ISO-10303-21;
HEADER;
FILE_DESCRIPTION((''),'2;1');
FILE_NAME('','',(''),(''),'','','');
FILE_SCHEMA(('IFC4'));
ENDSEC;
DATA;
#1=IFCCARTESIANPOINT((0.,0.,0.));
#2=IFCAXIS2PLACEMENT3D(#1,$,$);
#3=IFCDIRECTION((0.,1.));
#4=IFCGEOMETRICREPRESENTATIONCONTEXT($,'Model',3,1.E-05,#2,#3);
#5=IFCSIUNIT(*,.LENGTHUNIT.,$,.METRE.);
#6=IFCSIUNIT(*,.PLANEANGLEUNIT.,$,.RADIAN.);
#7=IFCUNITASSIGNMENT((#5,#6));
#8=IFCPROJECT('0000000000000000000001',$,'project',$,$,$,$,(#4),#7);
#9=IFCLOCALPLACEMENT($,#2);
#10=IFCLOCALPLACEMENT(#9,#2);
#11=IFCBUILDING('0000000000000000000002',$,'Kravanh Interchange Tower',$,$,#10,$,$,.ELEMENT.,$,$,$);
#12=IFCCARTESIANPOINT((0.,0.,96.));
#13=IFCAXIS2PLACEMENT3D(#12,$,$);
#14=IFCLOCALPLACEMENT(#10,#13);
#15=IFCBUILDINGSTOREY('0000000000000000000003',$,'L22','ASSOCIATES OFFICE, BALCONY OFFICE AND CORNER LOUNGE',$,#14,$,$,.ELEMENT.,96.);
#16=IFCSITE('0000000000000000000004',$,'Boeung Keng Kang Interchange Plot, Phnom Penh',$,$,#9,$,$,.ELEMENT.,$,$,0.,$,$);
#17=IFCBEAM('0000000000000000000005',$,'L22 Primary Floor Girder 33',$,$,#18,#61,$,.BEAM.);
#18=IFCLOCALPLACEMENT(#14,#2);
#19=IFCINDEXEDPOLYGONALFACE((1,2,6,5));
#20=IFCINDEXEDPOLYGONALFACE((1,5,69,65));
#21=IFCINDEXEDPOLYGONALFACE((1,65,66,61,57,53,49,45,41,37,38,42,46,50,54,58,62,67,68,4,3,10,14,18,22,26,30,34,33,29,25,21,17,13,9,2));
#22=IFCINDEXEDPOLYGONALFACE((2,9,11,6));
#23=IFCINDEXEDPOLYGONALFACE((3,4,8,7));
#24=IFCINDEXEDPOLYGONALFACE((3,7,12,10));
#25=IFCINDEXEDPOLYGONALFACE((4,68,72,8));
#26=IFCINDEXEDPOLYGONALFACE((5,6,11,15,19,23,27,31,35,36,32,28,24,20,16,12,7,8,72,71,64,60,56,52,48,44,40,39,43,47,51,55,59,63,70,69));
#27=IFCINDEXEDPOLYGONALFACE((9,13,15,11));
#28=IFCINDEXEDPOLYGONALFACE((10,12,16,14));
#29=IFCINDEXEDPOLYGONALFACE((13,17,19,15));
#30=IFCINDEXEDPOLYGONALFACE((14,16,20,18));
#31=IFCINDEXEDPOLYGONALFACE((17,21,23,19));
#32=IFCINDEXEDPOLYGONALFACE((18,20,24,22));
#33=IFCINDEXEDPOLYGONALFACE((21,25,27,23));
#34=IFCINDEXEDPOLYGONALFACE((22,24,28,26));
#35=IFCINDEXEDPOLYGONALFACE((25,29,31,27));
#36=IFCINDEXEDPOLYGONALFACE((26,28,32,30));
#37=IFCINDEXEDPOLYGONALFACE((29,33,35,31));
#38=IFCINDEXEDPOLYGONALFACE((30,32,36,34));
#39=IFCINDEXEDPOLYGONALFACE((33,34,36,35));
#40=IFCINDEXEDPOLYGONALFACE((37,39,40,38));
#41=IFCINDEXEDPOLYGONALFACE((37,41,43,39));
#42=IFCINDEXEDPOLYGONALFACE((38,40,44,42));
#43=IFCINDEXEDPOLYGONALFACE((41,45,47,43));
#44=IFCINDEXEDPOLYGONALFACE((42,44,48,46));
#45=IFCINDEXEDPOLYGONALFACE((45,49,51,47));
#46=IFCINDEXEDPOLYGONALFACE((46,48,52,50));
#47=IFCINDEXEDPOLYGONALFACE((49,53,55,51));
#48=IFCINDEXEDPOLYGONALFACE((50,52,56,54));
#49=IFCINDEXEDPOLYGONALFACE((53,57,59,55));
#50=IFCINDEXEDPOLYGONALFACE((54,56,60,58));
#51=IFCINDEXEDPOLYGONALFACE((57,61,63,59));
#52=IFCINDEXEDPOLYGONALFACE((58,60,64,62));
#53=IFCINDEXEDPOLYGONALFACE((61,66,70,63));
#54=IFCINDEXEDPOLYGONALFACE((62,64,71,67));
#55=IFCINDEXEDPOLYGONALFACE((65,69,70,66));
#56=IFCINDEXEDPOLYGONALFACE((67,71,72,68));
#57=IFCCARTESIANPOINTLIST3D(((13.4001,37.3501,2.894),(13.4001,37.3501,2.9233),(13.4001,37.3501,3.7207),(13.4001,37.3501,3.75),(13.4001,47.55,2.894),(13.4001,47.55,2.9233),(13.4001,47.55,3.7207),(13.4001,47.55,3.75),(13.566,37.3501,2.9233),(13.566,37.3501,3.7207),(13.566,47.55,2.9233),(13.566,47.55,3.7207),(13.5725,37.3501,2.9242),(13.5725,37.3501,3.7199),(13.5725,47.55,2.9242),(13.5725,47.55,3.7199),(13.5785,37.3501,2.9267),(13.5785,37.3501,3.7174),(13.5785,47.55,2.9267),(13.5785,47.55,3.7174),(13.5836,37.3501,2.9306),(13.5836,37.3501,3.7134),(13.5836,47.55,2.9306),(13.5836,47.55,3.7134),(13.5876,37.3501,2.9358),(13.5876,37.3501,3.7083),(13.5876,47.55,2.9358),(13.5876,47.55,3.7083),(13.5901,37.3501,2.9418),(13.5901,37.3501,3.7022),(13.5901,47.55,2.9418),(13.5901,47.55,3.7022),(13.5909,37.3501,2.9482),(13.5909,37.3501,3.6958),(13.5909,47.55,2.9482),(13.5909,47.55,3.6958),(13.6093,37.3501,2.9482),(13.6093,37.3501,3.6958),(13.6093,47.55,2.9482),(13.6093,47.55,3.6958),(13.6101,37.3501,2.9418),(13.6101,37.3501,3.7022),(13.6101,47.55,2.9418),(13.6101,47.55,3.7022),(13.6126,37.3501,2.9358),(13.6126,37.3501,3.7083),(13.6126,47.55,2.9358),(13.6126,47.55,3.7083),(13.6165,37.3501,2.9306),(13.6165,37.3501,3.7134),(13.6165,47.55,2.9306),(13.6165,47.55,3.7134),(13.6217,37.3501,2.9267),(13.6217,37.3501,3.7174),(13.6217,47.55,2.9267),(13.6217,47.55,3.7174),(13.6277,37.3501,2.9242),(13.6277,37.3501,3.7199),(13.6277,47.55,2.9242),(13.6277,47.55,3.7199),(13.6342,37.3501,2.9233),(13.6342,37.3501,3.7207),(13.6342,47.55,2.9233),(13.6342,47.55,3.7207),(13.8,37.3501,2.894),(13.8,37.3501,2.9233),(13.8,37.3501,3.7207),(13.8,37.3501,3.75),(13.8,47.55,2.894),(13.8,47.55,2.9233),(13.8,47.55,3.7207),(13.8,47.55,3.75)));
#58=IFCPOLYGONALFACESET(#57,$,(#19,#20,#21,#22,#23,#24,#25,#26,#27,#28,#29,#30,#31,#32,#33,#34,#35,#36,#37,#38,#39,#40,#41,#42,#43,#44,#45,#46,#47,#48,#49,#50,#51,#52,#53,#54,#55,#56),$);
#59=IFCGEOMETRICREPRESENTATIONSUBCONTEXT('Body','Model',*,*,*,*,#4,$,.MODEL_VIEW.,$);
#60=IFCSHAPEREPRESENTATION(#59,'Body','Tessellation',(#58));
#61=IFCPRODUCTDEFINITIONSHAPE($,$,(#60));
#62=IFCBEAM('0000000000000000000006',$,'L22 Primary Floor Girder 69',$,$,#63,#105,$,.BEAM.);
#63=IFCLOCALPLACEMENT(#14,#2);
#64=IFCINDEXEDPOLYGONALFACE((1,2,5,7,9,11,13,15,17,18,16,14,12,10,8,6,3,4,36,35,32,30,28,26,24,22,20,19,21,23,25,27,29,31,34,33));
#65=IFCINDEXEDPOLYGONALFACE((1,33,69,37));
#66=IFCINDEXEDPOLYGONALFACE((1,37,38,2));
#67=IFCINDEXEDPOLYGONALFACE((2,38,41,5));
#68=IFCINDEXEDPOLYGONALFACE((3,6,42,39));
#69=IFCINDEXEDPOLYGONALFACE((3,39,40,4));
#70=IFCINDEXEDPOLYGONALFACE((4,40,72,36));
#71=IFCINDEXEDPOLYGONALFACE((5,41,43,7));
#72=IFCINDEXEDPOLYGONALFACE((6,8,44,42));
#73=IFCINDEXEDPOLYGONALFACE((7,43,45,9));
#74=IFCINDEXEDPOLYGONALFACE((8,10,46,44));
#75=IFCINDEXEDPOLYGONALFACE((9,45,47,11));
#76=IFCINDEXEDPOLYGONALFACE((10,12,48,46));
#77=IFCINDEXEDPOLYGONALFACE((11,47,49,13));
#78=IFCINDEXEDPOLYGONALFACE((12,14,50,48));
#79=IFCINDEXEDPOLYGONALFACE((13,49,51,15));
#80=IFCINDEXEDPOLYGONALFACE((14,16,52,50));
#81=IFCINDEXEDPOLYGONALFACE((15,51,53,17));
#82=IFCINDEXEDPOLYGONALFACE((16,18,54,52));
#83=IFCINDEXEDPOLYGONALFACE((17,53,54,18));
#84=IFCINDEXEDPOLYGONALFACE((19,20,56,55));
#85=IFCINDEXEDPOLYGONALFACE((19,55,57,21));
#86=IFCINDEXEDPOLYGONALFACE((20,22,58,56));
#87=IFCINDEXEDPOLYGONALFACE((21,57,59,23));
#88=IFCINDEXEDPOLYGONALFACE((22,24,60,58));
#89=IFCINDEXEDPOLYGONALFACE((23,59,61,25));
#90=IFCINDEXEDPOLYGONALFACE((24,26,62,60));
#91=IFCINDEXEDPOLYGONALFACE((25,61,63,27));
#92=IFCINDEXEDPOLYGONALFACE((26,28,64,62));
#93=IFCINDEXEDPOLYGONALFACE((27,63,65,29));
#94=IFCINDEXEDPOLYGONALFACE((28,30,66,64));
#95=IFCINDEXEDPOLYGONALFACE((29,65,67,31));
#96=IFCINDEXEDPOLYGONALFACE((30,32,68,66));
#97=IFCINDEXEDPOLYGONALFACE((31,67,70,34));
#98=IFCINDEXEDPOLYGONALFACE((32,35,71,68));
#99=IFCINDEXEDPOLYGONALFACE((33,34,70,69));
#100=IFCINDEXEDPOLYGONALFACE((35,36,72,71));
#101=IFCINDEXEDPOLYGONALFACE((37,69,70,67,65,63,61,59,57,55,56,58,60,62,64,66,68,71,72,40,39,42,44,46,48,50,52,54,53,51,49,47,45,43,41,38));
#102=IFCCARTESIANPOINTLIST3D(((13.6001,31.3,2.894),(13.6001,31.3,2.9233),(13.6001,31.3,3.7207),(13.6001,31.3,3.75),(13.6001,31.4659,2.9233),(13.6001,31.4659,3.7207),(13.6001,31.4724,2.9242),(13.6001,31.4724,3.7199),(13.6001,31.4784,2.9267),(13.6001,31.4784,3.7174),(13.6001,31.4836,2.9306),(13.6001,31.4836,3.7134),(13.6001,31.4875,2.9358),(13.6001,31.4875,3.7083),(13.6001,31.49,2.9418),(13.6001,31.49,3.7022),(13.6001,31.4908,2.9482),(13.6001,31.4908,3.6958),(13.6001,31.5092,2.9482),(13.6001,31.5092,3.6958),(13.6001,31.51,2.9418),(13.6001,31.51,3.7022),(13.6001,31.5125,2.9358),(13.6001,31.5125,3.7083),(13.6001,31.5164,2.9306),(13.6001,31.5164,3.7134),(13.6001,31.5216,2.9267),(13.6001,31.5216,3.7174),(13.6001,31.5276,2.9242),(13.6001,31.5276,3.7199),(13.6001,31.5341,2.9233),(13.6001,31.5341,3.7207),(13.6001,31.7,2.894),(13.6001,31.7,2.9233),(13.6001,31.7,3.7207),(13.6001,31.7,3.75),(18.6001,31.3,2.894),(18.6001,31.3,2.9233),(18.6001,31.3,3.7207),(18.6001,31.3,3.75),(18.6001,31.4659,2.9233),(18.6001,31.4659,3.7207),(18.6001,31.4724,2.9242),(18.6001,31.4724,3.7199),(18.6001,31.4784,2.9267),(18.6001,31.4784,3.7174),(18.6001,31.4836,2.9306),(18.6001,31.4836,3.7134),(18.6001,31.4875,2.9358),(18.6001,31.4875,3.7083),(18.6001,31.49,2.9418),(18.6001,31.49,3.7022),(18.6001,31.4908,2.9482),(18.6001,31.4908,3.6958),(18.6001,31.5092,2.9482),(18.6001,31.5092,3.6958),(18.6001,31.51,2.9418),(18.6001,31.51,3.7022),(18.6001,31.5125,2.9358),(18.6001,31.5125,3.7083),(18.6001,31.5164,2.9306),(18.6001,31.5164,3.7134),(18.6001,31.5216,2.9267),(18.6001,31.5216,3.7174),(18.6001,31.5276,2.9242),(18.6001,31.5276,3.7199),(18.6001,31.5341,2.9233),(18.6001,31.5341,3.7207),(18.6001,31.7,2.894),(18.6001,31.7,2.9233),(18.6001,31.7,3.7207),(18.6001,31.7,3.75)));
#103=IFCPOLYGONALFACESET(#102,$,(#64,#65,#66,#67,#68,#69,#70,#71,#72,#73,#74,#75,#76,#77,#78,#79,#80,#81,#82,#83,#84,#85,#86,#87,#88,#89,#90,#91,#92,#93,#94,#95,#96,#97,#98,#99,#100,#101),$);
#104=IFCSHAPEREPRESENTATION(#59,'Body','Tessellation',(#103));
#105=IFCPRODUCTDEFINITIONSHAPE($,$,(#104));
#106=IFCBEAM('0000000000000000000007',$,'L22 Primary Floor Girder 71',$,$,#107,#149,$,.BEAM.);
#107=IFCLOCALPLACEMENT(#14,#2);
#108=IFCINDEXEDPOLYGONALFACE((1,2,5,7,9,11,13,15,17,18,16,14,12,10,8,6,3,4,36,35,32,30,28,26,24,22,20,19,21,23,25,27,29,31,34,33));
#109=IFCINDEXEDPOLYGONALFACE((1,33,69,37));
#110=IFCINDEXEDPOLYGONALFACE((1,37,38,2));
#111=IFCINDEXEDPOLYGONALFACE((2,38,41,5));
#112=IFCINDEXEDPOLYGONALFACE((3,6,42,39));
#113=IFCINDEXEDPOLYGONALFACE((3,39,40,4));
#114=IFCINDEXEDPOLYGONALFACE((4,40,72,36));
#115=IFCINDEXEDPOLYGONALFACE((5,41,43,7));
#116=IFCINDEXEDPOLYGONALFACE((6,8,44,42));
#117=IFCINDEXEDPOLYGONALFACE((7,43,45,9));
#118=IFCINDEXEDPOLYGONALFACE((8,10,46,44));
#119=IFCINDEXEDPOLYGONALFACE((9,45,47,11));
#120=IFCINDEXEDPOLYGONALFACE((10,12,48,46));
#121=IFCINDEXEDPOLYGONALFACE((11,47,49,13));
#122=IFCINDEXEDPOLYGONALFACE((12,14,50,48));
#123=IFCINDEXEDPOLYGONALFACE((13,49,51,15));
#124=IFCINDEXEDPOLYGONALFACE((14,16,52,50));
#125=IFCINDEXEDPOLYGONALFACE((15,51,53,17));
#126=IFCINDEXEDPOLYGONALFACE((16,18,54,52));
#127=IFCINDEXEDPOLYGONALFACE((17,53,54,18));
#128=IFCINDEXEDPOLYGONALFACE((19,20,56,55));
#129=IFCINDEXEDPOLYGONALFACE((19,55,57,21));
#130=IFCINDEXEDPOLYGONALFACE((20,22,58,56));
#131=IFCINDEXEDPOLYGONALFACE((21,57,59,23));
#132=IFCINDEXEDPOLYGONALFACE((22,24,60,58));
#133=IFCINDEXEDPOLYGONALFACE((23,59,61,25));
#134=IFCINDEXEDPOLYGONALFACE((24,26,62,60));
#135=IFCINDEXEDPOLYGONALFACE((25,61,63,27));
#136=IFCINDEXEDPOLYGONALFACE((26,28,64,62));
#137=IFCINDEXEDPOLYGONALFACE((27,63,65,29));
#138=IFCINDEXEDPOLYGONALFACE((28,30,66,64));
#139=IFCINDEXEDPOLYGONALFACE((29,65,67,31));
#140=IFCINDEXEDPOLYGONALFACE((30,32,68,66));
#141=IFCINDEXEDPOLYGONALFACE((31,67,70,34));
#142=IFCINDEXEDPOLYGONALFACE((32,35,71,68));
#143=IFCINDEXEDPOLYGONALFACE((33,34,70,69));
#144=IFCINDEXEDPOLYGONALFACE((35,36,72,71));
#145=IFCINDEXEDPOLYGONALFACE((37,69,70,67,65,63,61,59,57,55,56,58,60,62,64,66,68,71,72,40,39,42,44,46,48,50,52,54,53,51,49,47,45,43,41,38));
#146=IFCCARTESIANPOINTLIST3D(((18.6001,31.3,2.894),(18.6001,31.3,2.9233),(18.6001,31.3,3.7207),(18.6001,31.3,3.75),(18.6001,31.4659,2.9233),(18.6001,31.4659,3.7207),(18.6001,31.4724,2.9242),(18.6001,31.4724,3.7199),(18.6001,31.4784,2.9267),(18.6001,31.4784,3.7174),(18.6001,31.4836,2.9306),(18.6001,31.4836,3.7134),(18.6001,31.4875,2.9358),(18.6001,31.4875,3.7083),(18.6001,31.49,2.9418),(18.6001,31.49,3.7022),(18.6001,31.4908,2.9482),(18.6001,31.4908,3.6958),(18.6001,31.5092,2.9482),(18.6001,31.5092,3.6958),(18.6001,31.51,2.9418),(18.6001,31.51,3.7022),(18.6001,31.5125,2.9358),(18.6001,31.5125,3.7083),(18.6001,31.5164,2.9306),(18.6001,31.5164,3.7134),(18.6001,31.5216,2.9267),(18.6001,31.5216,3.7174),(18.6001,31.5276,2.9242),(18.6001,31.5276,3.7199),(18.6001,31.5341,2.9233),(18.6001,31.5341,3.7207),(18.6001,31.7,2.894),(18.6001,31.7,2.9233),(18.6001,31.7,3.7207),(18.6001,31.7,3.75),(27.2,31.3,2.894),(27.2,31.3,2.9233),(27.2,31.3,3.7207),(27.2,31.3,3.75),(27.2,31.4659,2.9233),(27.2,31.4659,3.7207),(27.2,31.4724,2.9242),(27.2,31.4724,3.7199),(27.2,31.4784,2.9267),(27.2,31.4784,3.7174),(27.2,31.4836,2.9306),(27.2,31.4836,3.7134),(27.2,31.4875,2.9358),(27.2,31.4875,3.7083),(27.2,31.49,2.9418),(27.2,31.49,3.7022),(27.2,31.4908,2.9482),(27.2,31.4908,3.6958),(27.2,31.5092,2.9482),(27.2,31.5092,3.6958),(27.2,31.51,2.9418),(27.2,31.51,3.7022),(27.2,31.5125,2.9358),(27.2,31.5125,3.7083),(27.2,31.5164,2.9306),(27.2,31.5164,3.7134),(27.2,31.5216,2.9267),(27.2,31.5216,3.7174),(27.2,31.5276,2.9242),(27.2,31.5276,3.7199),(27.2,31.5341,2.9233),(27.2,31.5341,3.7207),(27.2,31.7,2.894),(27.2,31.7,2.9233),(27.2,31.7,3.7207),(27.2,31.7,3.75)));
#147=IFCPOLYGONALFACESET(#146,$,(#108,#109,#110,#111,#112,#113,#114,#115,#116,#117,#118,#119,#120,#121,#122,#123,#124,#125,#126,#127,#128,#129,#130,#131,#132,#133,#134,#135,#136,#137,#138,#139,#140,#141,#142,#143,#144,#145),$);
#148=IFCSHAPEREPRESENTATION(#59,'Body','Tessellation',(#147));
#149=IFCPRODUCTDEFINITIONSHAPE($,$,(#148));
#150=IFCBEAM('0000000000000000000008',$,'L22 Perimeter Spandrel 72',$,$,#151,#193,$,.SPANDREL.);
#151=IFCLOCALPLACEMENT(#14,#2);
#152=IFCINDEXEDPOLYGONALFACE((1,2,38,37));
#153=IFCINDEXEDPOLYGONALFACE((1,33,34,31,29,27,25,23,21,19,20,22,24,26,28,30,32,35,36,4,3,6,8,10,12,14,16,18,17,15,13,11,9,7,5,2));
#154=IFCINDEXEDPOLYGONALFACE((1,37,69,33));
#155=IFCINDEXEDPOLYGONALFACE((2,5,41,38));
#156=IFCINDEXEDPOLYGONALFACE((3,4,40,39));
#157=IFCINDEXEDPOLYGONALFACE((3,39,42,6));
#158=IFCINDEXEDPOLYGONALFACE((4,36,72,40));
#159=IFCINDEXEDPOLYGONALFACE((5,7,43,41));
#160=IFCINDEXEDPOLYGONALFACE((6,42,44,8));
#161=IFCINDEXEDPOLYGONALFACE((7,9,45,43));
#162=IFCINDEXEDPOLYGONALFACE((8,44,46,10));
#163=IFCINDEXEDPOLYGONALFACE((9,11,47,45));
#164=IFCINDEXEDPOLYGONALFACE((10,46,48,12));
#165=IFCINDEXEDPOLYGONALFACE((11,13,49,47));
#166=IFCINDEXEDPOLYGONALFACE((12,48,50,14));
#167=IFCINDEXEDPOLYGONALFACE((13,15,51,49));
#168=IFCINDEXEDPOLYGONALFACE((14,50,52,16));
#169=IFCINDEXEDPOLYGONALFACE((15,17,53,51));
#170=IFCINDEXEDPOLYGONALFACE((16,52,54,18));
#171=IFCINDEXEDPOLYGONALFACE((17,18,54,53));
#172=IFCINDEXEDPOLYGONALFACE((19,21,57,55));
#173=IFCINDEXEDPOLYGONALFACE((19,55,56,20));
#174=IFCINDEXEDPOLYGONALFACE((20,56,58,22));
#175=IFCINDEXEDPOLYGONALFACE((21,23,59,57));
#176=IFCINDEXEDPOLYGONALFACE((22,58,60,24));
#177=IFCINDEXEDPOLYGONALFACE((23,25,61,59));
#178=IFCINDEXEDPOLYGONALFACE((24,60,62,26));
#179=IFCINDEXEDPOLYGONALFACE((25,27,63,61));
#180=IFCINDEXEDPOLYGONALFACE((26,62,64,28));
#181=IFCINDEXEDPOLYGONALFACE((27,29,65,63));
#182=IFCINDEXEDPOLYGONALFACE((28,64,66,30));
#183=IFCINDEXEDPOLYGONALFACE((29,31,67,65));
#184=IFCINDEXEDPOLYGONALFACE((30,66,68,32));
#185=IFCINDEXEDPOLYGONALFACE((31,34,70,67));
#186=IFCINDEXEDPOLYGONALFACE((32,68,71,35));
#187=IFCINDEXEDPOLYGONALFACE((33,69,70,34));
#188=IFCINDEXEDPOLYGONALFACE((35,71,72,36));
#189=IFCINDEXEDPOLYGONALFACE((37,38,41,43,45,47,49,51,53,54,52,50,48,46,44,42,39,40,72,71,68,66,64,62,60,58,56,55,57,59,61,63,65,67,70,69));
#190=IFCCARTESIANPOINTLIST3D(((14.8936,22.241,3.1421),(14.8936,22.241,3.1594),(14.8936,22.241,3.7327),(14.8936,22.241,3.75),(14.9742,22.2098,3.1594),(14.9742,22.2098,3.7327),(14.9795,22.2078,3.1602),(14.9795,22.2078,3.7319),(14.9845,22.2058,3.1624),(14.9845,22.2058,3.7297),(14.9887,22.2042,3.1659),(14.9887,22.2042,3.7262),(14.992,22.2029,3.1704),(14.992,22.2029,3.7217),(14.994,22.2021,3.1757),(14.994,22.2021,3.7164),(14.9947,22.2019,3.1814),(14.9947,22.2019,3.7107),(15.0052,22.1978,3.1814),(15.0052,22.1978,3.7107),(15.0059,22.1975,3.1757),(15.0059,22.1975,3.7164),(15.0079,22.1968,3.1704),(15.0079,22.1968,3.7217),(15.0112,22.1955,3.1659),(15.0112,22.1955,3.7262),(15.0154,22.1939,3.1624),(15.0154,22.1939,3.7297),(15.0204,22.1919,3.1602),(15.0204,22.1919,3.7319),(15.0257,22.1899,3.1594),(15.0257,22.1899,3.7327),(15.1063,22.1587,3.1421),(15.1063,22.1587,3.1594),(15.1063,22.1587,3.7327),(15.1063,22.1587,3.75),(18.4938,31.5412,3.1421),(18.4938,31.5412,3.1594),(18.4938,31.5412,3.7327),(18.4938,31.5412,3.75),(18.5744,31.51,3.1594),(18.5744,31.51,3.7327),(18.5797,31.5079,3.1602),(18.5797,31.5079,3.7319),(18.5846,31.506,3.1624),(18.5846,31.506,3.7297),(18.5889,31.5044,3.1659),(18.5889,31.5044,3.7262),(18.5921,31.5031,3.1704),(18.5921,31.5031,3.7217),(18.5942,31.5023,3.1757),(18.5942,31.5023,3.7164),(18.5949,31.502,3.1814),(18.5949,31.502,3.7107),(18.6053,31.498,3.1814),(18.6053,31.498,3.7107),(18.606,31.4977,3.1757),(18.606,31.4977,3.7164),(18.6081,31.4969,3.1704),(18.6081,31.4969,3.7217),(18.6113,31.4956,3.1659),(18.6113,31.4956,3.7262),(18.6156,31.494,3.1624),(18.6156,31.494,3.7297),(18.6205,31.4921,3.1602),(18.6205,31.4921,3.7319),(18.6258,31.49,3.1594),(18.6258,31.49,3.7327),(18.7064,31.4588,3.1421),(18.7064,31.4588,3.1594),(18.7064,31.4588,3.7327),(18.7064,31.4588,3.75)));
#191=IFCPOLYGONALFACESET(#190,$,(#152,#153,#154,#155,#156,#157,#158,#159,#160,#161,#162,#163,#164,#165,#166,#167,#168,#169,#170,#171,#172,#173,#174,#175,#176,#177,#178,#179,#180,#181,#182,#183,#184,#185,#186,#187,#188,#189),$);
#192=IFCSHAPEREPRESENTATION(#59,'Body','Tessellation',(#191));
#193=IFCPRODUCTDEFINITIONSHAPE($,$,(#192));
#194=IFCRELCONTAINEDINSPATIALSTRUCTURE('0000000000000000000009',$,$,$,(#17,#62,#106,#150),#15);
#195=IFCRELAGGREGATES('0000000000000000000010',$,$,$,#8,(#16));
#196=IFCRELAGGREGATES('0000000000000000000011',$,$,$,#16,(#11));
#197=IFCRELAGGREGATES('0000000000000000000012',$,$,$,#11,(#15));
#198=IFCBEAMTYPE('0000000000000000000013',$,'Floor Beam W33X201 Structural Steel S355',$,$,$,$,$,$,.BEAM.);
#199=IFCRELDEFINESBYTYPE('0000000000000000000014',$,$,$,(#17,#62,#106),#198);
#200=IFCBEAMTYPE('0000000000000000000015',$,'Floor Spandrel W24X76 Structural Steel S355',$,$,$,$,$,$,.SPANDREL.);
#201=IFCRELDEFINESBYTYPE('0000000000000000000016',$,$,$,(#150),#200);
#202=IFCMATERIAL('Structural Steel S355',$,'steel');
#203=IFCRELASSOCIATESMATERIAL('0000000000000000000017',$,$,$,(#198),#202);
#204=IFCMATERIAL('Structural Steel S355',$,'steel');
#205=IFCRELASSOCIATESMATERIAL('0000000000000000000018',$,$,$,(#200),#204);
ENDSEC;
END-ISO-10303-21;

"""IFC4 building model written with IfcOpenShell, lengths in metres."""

from ifc_helpers import new_model, si_unit, direction, frame, origin, origin_2d, place, context, subcontext, project, spatial, i_section, extrude, material, material_profile, profile_set, type_object, element, save


model = new_model("IFC4")

# Units and contexts
model_context = context("Model", 3, precision=1e-05, world=origin(), true_north=direction((0.0, 1.0)))
body_context = subcontext(model_context, "Body", "Model", "MODEL_VIEW")
ifc_project = project(units=[si_unit("LENGTHUNIT", "METRE"), si_unit("PLANEANGLEUNIT", "RADIAN")], contexts=[model_context])

# Site, building, storey
site_placement = place(None, origin())
site = spatial("IfcSite", under=ifc_project, at=site_placement, Name="Boeung Keng Kang Interchange Plot, Phnom Penh", CompositionType="ELEMENT", RefElevation=0.0)
building_placement = place(site_placement, origin())
building = spatial("IfcBuilding", under=site, at=building_placement, Name="Kravanh Interchange Tower", CompositionType="ELEMENT")
storey_placement = place(building_placement, frame((0.0, 0.0, 96.0)))
storey = spatial("IfcBuildingStorey", under=building, at=storey_placement, Name="L22", Description="ASSOCIATES OFFICE, BALCONY OFFICE AND CORNER LOUNGE", CompositionType="ELEMENT", Elevation=96.0)

# Beams
ifc_material_1 = material(Name="Structural Steel S355", Category="steel")
ifc_material_profile_1 = material_profile(ifc_material_1, i_section(OverallWidth=0.3999, OverallDepth=0.856, WebThickness=0.0183, FlangeThickness=0.0293, FilletRadius=0.0249, at=origin_2d()), Name="W33X201")
ifc_profile_set_1 = profile_set([ifc_material_profile_1], Name="Structural Steel S355")
beam_type_1 = type_object("IfcBeamType", Name="Floor Beam W33X201 Structural Steel S355", PredefinedType="BEAM", material=ifc_profile_set_1)
beam_1_placement = place(storey_placement, frame((13.6001, 37.3501, 3.322), z_axis=(0.0, 1.0, 0.0), x_axis=(-1.0, 0.0, 0.0)))
element("IfcBeam", 1, at=beam_1_placement, inside=storey, type_object=beam_type_1, Name="L22 Primary Floor Girder 33", PredefinedType="BEAM", context=body_context, shape_type="SweptSolid", body=[
    extrude(i_section(OverallWidth=0.3999, OverallDepth=0.856, WebThickness=0.0183, FlangeThickness=0.0293, FilletRadius=0.0249, at=origin_2d()), origin(), (0.0, 0.0, 1.0), 10.2),
])
beam_2_placement = place(storey_placement, frame((13.6001, 31.5, 3.322), z_axis=(1.0, 0.0, 0.0), x_axis=(0.0, 1.0, 0.0)))
element("IfcBeam", 2, at=beam_2_placement, inside=storey, type_object=beam_type_1, Name="L22 Primary Floor Girder 69", PredefinedType="BEAM", context=body_context, shape_type="SweptSolid", body=[
    extrude(i_section(OverallWidth=0.3999, OverallDepth=0.856, WebThickness=0.0183, FlangeThickness=0.0293, FilletRadius=0.0249, at=origin_2d()), origin(), (0.0, 0.0, 1.0), 5.0),
])
beam_3_placement = place(storey_placement, frame((18.6001, 31.5, 3.322), z_axis=(1.0, 0.0, 0.0), x_axis=(0.0, 1.0, 0.0)))
element("IfcBeam", 3, at=beam_3_placement, inside=storey, type_object=beam_type_1, Name="L22 Primary Floor Girder 71", PredefinedType="BEAM", context=body_context, shape_type="SweptSolid", body=[
    extrude(i_section(OverallWidth=0.3999, OverallDepth=0.856, WebThickness=0.0183, FlangeThickness=0.0293, FilletRadius=0.0249, at=origin_2d()), origin(), (0.0, 0.0, 1.0), 8.5999),
])
ifc_material_2 = material(Name="Structural Steel S355", Category="steel")
ifc_material_profile_2 = material_profile(ifc_material_2, i_section(OverallWidth=0.228, OverallDepth=0.6079, WebThickness=0.0112, FlangeThickness=0.0173, FilletRadius=0.022, at=origin_2d()), Name="W24X76")
ifc_profile_set_2 = profile_set([ifc_material_profile_2], Name="Structural Steel S355")
beam_type_2 = type_object("IfcBeamType", Name="Floor Spandrel W24X76 Structural Steel S355", PredefinedType="SPANDREL", material=ifc_profile_set_2)
beam_4_placement = place(storey_placement, frame((18.6001, 31.5, 3.446), z_axis=(-0.361001, -0.932565, 0.0), x_axis=(0.932565, -0.361001, 0.0)))
element("IfcBeam", 4, at=beam_4_placement, inside=storey, type_object=beam_type_2, Name="L22 Perimeter Spandrel 72", PredefinedType="SPANDREL", context=body_context, shape_type="SweptSolid", body=[
    extrude(i_section(OverallWidth=0.228, OverallDepth=0.6079, WebThickness=0.0112, FlangeThickness=0.0173, FilletRadius=0.022, at=origin_2d()), origin(), (0.0, 0.0, 1.0), 9.9727),
])

save(model, "model.ifc")
